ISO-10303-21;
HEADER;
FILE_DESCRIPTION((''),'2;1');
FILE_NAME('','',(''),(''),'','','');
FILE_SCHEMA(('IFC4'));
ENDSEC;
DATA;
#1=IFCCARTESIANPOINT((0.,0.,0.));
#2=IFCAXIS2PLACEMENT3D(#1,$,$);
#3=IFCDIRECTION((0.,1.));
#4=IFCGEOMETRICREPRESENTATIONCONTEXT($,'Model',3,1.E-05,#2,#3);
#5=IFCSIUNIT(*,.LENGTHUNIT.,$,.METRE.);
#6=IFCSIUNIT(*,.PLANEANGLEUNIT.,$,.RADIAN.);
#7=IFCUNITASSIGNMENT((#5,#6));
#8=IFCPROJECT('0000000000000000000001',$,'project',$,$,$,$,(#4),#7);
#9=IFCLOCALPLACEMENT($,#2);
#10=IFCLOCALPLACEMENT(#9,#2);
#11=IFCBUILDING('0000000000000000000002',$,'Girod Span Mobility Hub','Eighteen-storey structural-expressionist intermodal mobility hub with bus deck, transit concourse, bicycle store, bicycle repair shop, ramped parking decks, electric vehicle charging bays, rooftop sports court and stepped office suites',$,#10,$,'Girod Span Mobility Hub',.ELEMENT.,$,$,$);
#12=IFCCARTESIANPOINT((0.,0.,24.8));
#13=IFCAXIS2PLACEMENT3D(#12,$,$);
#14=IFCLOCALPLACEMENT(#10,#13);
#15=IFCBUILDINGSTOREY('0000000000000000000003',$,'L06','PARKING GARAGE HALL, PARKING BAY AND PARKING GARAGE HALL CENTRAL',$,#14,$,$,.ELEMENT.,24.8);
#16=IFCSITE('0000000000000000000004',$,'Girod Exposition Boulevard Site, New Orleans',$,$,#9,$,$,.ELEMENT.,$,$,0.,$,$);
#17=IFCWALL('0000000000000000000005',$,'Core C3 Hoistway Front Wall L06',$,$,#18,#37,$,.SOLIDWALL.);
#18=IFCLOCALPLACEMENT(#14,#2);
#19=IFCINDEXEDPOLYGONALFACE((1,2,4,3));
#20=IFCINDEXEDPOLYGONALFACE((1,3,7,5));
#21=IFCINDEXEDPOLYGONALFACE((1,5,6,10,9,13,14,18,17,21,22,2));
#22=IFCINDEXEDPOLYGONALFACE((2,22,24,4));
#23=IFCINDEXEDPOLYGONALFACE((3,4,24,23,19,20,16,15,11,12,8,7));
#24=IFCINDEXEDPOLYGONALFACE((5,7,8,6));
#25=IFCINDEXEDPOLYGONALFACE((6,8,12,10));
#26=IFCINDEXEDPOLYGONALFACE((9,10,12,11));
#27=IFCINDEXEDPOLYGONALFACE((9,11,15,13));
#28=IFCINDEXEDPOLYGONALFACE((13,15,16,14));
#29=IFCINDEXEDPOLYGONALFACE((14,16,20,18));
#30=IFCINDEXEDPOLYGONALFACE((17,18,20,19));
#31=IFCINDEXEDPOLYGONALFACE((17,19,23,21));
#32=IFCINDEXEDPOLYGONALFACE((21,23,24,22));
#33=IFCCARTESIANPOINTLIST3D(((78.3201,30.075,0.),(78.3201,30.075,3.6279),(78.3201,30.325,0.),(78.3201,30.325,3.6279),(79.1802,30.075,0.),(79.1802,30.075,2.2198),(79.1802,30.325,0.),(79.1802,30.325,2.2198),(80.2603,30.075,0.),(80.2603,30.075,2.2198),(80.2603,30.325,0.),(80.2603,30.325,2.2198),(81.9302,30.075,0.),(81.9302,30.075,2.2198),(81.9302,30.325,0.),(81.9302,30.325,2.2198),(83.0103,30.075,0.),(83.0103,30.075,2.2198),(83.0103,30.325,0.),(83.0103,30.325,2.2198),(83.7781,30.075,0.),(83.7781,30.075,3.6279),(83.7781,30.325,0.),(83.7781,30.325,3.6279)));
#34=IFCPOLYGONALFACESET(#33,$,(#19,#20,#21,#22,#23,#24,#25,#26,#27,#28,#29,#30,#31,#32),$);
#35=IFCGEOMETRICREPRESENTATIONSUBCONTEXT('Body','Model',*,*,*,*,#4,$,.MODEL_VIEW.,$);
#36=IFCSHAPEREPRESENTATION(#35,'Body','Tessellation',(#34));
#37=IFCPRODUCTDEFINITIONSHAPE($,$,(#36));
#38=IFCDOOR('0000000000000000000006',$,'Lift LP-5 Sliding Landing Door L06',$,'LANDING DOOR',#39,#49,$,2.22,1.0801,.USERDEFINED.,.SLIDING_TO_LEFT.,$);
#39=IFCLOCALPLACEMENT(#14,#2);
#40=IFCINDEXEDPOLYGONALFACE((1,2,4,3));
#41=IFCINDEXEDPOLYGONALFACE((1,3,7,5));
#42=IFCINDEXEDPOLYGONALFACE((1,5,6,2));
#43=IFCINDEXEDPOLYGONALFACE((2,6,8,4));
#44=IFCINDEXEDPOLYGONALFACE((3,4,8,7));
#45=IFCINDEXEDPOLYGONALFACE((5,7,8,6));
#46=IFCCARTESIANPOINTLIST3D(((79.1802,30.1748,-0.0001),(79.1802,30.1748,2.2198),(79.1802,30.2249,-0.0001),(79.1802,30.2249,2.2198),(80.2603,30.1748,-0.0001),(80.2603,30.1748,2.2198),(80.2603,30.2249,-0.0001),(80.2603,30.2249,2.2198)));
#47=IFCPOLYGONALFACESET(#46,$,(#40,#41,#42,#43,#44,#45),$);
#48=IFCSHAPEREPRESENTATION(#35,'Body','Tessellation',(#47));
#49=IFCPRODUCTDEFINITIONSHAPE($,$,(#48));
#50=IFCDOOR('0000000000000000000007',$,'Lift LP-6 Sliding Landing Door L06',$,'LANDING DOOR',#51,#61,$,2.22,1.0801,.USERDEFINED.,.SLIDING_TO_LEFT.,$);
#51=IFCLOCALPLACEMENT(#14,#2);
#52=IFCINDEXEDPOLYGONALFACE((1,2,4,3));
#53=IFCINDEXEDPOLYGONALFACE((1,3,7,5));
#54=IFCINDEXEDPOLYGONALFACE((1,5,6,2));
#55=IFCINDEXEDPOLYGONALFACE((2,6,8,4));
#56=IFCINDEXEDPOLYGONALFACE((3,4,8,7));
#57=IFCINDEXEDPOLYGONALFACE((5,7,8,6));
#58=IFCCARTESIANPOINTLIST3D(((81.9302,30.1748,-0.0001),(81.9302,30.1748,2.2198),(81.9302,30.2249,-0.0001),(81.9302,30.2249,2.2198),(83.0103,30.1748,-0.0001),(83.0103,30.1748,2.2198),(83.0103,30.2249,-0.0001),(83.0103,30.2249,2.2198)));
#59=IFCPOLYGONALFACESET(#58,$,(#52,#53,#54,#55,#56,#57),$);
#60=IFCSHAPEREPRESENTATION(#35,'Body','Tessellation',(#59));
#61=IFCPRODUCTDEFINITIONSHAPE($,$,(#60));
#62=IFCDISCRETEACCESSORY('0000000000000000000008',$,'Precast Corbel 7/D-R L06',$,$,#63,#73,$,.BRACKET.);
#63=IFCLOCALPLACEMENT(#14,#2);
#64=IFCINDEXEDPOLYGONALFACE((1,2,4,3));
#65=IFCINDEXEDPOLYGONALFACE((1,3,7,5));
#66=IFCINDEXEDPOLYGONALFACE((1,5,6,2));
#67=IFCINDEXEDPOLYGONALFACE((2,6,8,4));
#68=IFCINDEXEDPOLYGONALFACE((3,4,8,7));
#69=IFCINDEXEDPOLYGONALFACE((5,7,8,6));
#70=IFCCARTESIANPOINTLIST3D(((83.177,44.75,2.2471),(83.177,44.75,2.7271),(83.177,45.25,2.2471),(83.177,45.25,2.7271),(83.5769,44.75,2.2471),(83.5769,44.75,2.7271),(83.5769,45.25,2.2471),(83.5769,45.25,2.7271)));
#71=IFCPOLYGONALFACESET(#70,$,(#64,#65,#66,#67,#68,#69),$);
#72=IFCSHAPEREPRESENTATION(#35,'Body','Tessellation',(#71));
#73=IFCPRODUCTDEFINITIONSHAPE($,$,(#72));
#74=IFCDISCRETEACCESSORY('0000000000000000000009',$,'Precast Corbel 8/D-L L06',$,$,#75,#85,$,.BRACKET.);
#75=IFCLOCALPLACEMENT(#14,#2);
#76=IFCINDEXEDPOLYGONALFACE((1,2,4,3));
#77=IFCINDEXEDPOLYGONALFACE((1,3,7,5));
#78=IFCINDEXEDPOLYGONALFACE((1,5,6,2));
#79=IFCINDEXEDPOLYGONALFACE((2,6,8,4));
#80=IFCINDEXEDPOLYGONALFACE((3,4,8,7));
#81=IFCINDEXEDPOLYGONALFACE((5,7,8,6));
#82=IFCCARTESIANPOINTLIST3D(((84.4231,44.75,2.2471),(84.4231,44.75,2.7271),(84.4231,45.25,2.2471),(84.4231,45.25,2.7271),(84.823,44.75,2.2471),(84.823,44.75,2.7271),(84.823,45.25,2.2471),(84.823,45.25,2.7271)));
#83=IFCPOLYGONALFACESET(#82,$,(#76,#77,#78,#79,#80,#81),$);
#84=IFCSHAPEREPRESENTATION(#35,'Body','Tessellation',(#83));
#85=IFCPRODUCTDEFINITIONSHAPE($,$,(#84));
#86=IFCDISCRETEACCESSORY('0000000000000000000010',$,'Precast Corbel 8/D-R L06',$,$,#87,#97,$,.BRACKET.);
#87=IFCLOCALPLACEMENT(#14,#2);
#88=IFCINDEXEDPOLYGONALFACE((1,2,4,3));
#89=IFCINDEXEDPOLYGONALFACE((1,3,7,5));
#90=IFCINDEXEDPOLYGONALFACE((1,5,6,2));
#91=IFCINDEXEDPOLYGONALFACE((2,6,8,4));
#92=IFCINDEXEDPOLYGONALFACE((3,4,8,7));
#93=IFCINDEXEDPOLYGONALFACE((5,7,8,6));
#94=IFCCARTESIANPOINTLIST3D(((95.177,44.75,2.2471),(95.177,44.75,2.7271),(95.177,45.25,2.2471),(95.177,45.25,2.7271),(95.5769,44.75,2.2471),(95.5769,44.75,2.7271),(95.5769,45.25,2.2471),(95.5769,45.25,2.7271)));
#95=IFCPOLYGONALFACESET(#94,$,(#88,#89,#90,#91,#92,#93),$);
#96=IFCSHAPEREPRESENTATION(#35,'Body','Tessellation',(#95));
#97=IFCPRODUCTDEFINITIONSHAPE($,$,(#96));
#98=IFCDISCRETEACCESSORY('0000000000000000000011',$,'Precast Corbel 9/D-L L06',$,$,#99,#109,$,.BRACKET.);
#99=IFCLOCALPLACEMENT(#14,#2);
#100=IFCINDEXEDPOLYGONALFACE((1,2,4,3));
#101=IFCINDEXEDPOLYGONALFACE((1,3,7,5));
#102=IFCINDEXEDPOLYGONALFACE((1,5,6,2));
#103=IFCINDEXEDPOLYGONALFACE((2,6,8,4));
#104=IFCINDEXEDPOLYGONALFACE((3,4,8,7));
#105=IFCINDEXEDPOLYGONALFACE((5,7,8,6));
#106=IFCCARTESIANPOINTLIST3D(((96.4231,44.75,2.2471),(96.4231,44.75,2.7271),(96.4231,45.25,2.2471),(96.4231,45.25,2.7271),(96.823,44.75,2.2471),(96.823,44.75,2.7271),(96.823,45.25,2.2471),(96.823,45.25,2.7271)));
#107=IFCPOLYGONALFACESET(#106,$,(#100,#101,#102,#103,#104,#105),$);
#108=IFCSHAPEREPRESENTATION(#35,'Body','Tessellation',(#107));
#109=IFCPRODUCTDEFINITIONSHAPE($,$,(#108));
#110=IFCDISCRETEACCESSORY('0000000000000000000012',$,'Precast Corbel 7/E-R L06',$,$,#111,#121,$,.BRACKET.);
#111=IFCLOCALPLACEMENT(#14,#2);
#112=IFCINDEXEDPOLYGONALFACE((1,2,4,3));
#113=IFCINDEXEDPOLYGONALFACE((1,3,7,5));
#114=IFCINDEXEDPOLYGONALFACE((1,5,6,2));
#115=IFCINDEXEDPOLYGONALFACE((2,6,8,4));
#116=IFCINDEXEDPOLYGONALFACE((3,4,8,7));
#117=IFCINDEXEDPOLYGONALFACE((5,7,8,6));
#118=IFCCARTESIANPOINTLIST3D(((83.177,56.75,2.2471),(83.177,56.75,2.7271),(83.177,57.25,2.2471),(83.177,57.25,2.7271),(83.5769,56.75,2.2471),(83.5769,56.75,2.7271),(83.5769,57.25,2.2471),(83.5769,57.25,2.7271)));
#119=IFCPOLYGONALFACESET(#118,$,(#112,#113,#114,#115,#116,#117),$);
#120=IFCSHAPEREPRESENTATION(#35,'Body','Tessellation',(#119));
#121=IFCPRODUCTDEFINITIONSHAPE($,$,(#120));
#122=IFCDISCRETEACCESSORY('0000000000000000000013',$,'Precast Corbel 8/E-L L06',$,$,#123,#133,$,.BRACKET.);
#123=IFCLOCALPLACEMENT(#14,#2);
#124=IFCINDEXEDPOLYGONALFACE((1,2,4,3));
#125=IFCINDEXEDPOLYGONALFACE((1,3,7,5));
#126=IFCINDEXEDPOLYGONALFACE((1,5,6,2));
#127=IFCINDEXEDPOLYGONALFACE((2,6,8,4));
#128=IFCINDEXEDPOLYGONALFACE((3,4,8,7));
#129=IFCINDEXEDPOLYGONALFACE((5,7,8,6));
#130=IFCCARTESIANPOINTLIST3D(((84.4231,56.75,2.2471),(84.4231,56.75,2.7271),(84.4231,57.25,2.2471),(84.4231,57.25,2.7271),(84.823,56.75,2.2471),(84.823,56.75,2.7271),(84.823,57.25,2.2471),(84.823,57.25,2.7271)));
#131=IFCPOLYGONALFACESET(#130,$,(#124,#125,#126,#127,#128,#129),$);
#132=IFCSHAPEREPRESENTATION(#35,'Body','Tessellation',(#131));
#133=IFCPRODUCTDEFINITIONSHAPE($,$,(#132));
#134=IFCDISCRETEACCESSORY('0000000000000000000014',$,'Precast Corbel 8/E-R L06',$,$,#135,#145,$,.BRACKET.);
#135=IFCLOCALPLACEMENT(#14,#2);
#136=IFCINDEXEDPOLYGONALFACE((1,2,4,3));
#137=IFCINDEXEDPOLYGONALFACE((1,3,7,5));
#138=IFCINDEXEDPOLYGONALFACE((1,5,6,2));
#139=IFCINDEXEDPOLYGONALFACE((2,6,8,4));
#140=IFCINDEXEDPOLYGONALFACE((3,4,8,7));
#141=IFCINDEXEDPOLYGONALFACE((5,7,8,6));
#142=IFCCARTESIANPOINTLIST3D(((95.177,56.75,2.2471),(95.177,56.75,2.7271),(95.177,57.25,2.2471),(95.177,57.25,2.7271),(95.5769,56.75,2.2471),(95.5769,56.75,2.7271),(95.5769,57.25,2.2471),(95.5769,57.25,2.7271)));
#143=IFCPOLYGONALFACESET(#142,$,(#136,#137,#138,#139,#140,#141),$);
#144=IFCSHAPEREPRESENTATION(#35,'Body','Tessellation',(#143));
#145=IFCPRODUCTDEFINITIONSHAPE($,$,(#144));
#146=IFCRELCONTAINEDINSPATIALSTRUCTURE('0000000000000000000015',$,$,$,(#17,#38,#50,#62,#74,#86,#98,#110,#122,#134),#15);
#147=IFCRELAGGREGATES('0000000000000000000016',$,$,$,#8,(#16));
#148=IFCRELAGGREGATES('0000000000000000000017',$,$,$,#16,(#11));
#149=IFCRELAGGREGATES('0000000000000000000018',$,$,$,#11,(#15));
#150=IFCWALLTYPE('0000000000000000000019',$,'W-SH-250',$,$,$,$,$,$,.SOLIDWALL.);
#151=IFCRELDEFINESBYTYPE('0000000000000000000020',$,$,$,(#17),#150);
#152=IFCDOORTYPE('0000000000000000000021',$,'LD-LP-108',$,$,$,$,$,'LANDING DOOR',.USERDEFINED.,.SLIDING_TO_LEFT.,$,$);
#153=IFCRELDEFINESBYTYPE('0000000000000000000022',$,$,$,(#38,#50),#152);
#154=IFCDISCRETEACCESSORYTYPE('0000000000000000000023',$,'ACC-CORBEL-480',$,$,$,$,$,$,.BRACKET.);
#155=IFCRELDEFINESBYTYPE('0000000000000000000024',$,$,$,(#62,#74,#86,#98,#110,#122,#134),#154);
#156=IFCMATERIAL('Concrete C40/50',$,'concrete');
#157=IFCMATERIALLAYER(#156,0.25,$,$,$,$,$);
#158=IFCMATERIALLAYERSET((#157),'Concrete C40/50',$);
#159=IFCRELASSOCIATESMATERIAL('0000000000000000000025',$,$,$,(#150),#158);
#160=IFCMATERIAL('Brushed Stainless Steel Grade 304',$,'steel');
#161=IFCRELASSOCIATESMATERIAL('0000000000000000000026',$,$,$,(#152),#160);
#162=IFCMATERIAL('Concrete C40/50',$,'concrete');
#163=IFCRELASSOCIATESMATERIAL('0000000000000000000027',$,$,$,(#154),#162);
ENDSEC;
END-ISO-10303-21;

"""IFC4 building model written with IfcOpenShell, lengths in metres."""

from ifc_helpers import new_model, si_unit, direction, frame, frame_2d, origin, origin_2d, place, context, subcontext, project, spatial, rectangle, extrude, material, layer, layer_set, type_object, element, fill, save


model = new_model("IFC4")

# Units and contexts
model_context = context("Model", 3, precision=1e-05, world=origin(), true_north=direction((0.0, 1.0)))
body_context = subcontext(model_context, "Body", "Model", "MODEL_VIEW")
ifc_project = project(units=[si_unit("LENGTHUNIT", "METRE"), si_unit("PLANEANGLEUNIT", "RADIAN")], contexts=[model_context])

# Site, building, storey
site_placement = place(None, origin())
site = spatial("IfcSite", under=ifc_project, at=site_placement, Name="Girod Exposition Boulevard Site, New Orleans", CompositionType="ELEMENT", RefElevation=0.0)
building_placement = place(site_placement, origin())
building = spatial("IfcBuilding", under=site, at=building_placement, Name="Girod Span Mobility Hub", Description="Eighteen-storey structural-expressionist intermodal mobility hub with bus deck, transit concourse, bicycle store, bicycle repair shop, ramped parking decks, electric vehicle charging bays, rooftop sports court and stepped office suites", LongName="Girod Span Mobility Hub", CompositionType="ELEMENT")
storey_placement = place(building_placement, frame((0.0, 0.0, 24.8)))
storey = spatial("IfcBuildingStorey", under=building, at=storey_placement, Name="L06", Description="PARKING GARAGE HALL, PARKING BAY AND PARKING GARAGE HALL CENTRAL", CompositionType="ELEMENT", Elevation=24.8)

# Wall, openings, doors
ifc_material_1 = material(Name="Concrete C40/50", Category="concrete")
ifc_layer_1 = layer(ifc_material_1, 0.25)
ifc_layer_set_1 = layer_set([ifc_layer_1], Name="Concrete C40/50")
wall_type_1 = type_object("IfcWallType", Name="W-SH-250", PredefinedType="SOLIDWALL", material=ifc_layer_set_1)
wall_1_placement = place(storey_placement, frame((78.3201, 30.2, 0.0), z_axis=(0.0, 0.0, 1.0), x_axis=(1.0, 0.0, 0.0)))
wall_1 = element("IfcWall", 1, at=wall_1_placement, inside=storey, type_object=wall_type_1, Name="Core C3 Hoistway Front Wall L06", PredefinedType="SOLIDWALL", context=body_context, shape_type="SweptSolid", body=[
    extrude(rectangle(XDim=5.458, YDim=0.25, at=frame_2d((2.729, 0.0))), origin(), (0.0, 0.0, 1.0), 3.6279),
])
opening_1_placement = place(wall_1_placement, frame((0.8601, 0.0, 0.0)))
opening_1 = element("IfcOpeningElement", 2, at=opening_1_placement, cuts=wall_1, PredefinedType="OPENING", context=body_context, shape_type="SweptSolid", body=[
    extrude(rectangle(XDim=1.0801, YDim=2.22, at=frame_2d((0.54, 1.1099))), frame((0.0, 0.1399, 0.0), z_axis=(0.0, -1.0, 0.0), x_axis=(1.0, 0.0, 0.0)), (0.0, 0.0, 1.0), 0.28),
])
opening_2_placement = place(wall_1_placement, frame((3.6101, 0.0, 0.0)))
opening_2 = element("IfcOpeningElement", 3, at=opening_2_placement, cuts=wall_1, PredefinedType="OPENING", context=body_context, shape_type="SweptSolid", body=[
    extrude(rectangle(XDim=1.0801, YDim=2.22, at=frame_2d((0.54, 1.1099))), frame((0.0, 0.1399, 0.0), z_axis=(0.0, -1.0, 0.0), x_axis=(1.0, 0.0, 0.0)), (0.0, 0.0, 1.0), 0.28),
])
ifc_material_2 = material(Name="Brushed Stainless Steel Grade 304", Category="steel")
door_type = type_object("IfcDoorType", Name="LD-LP-108", ElementType="LANDING DOOR", OperationType="SLIDING_TO_LEFT", PredefinedType="USERDEFINED", material=ifc_material_2)
door_1_placement = place(opening_1_placement, origin())
door_1 = element("IfcDoor", 4, at=door_1_placement, inside=storey, type_object=door_type, Name="Lift LP-5 Sliding Landing Door L06", ObjectType="LANDING DOOR", OperationType="SLIDING_TO_LEFT", OverallHeight=2.22, OverallWidth=1.0801, PredefinedType="USERDEFINED", context=body_context, shape_type="SweptSolid", body=[
    extrude(rectangle(XDim=1.0801, YDim=2.22, at=frame_2d((0.54, 1.1099))), frame((0.0, 0.0249, 0.0), z_axis=(0.0, -1.0, 0.0), x_axis=(1.0, 0.0, 0.0)), (0.0, 0.0, 1.0), 0.05),
])
fill(opening_1, door_1)
door_2_placement = place(opening_2_placement, origin())
door_2 = element("IfcDoor", 5, at=door_2_placement, inside=storey, type_object=door_type, Name="Lift LP-6 Sliding Landing Door L06", ObjectType="LANDING DOOR", OperationType="SLIDING_TO_LEFT", OverallHeight=2.22, OverallWidth=1.0801, PredefinedType="USERDEFINED", context=body_context, shape_type="SweptSolid", body=[
    extrude(rectangle(XDim=1.0801, YDim=2.22, at=frame_2d((0.54, 1.1099))), frame((0.0, 0.0249, 0.0), z_axis=(0.0, -1.0, 0.0), x_axis=(1.0, 0.0, 0.0)), (0.0, 0.0, 1.0), 0.05),
])
fill(opening_2, door_2)

# Discrete accessories
ifc_material_3 = material(Name="Concrete C40/50", Category="concrete")
discrete_accessory_type = type_object("IfcDiscreteAccessoryType", Name="ACC-CORBEL-480", PredefinedType="BRACKET", material=ifc_material_3)
for number, where, z_axis, x_axis, name in (
    (6, (83.377, 45.0, 2.2471), (0.0, 0.0, 1.0), (1.0, 0.0, 0.0), "Precast Corbel 7/D-R L06"),
    (7, (84.623, 45.0, 2.2471), (0.0, 0.0, 1.0), (1.0, 0.0, 0.0), "Precast Corbel 8/D-L L06"),
    (8, (95.377, 45.0, 2.2471), (0.0, 0.0, 1.0), (1.0, 0.0, 0.0), "Precast Corbel 8/D-R L06"),
    (9, (96.623, 45.0, 2.2471), (0.0, 0.0, 1.0), (1.0, 0.0, 0.0), "Precast Corbel 9/D-L L06"),
    (10, (83.377, 57.0, 2.2471), (0.0, 0.0, 1.0), (1.0, 0.0, 0.0), "Precast Corbel 7/E-R L06"),
    (11, (84.623, 57.0, 2.2471), (0.0, 0.0, 1.0), (1.0, 0.0, 0.0), "Precast Corbel 8/E-L L06"),
    (12, (95.377, 57.0, 2.2471), (0.0, 0.0, 1.0), (1.0, 0.0, 0.0), "Precast Corbel 8/E-R L06"),
):
    element("IfcDiscreteAccessory", number, at=place(storey_placement, frame(where, z_axis=z_axis, x_axis=x_axis)), inside=storey, type_object=discrete_accessory_type, Name=name, PredefinedType="BRACKET", context=body_context, shape_type="SweptSolid", body=[
        extrude(rectangle(XDim=0.3999, YDim=0.5, at=origin_2d()), origin(), (0.0, 0.0, 1.0), 0.48),
    ])

save(model, "model.ifc")
